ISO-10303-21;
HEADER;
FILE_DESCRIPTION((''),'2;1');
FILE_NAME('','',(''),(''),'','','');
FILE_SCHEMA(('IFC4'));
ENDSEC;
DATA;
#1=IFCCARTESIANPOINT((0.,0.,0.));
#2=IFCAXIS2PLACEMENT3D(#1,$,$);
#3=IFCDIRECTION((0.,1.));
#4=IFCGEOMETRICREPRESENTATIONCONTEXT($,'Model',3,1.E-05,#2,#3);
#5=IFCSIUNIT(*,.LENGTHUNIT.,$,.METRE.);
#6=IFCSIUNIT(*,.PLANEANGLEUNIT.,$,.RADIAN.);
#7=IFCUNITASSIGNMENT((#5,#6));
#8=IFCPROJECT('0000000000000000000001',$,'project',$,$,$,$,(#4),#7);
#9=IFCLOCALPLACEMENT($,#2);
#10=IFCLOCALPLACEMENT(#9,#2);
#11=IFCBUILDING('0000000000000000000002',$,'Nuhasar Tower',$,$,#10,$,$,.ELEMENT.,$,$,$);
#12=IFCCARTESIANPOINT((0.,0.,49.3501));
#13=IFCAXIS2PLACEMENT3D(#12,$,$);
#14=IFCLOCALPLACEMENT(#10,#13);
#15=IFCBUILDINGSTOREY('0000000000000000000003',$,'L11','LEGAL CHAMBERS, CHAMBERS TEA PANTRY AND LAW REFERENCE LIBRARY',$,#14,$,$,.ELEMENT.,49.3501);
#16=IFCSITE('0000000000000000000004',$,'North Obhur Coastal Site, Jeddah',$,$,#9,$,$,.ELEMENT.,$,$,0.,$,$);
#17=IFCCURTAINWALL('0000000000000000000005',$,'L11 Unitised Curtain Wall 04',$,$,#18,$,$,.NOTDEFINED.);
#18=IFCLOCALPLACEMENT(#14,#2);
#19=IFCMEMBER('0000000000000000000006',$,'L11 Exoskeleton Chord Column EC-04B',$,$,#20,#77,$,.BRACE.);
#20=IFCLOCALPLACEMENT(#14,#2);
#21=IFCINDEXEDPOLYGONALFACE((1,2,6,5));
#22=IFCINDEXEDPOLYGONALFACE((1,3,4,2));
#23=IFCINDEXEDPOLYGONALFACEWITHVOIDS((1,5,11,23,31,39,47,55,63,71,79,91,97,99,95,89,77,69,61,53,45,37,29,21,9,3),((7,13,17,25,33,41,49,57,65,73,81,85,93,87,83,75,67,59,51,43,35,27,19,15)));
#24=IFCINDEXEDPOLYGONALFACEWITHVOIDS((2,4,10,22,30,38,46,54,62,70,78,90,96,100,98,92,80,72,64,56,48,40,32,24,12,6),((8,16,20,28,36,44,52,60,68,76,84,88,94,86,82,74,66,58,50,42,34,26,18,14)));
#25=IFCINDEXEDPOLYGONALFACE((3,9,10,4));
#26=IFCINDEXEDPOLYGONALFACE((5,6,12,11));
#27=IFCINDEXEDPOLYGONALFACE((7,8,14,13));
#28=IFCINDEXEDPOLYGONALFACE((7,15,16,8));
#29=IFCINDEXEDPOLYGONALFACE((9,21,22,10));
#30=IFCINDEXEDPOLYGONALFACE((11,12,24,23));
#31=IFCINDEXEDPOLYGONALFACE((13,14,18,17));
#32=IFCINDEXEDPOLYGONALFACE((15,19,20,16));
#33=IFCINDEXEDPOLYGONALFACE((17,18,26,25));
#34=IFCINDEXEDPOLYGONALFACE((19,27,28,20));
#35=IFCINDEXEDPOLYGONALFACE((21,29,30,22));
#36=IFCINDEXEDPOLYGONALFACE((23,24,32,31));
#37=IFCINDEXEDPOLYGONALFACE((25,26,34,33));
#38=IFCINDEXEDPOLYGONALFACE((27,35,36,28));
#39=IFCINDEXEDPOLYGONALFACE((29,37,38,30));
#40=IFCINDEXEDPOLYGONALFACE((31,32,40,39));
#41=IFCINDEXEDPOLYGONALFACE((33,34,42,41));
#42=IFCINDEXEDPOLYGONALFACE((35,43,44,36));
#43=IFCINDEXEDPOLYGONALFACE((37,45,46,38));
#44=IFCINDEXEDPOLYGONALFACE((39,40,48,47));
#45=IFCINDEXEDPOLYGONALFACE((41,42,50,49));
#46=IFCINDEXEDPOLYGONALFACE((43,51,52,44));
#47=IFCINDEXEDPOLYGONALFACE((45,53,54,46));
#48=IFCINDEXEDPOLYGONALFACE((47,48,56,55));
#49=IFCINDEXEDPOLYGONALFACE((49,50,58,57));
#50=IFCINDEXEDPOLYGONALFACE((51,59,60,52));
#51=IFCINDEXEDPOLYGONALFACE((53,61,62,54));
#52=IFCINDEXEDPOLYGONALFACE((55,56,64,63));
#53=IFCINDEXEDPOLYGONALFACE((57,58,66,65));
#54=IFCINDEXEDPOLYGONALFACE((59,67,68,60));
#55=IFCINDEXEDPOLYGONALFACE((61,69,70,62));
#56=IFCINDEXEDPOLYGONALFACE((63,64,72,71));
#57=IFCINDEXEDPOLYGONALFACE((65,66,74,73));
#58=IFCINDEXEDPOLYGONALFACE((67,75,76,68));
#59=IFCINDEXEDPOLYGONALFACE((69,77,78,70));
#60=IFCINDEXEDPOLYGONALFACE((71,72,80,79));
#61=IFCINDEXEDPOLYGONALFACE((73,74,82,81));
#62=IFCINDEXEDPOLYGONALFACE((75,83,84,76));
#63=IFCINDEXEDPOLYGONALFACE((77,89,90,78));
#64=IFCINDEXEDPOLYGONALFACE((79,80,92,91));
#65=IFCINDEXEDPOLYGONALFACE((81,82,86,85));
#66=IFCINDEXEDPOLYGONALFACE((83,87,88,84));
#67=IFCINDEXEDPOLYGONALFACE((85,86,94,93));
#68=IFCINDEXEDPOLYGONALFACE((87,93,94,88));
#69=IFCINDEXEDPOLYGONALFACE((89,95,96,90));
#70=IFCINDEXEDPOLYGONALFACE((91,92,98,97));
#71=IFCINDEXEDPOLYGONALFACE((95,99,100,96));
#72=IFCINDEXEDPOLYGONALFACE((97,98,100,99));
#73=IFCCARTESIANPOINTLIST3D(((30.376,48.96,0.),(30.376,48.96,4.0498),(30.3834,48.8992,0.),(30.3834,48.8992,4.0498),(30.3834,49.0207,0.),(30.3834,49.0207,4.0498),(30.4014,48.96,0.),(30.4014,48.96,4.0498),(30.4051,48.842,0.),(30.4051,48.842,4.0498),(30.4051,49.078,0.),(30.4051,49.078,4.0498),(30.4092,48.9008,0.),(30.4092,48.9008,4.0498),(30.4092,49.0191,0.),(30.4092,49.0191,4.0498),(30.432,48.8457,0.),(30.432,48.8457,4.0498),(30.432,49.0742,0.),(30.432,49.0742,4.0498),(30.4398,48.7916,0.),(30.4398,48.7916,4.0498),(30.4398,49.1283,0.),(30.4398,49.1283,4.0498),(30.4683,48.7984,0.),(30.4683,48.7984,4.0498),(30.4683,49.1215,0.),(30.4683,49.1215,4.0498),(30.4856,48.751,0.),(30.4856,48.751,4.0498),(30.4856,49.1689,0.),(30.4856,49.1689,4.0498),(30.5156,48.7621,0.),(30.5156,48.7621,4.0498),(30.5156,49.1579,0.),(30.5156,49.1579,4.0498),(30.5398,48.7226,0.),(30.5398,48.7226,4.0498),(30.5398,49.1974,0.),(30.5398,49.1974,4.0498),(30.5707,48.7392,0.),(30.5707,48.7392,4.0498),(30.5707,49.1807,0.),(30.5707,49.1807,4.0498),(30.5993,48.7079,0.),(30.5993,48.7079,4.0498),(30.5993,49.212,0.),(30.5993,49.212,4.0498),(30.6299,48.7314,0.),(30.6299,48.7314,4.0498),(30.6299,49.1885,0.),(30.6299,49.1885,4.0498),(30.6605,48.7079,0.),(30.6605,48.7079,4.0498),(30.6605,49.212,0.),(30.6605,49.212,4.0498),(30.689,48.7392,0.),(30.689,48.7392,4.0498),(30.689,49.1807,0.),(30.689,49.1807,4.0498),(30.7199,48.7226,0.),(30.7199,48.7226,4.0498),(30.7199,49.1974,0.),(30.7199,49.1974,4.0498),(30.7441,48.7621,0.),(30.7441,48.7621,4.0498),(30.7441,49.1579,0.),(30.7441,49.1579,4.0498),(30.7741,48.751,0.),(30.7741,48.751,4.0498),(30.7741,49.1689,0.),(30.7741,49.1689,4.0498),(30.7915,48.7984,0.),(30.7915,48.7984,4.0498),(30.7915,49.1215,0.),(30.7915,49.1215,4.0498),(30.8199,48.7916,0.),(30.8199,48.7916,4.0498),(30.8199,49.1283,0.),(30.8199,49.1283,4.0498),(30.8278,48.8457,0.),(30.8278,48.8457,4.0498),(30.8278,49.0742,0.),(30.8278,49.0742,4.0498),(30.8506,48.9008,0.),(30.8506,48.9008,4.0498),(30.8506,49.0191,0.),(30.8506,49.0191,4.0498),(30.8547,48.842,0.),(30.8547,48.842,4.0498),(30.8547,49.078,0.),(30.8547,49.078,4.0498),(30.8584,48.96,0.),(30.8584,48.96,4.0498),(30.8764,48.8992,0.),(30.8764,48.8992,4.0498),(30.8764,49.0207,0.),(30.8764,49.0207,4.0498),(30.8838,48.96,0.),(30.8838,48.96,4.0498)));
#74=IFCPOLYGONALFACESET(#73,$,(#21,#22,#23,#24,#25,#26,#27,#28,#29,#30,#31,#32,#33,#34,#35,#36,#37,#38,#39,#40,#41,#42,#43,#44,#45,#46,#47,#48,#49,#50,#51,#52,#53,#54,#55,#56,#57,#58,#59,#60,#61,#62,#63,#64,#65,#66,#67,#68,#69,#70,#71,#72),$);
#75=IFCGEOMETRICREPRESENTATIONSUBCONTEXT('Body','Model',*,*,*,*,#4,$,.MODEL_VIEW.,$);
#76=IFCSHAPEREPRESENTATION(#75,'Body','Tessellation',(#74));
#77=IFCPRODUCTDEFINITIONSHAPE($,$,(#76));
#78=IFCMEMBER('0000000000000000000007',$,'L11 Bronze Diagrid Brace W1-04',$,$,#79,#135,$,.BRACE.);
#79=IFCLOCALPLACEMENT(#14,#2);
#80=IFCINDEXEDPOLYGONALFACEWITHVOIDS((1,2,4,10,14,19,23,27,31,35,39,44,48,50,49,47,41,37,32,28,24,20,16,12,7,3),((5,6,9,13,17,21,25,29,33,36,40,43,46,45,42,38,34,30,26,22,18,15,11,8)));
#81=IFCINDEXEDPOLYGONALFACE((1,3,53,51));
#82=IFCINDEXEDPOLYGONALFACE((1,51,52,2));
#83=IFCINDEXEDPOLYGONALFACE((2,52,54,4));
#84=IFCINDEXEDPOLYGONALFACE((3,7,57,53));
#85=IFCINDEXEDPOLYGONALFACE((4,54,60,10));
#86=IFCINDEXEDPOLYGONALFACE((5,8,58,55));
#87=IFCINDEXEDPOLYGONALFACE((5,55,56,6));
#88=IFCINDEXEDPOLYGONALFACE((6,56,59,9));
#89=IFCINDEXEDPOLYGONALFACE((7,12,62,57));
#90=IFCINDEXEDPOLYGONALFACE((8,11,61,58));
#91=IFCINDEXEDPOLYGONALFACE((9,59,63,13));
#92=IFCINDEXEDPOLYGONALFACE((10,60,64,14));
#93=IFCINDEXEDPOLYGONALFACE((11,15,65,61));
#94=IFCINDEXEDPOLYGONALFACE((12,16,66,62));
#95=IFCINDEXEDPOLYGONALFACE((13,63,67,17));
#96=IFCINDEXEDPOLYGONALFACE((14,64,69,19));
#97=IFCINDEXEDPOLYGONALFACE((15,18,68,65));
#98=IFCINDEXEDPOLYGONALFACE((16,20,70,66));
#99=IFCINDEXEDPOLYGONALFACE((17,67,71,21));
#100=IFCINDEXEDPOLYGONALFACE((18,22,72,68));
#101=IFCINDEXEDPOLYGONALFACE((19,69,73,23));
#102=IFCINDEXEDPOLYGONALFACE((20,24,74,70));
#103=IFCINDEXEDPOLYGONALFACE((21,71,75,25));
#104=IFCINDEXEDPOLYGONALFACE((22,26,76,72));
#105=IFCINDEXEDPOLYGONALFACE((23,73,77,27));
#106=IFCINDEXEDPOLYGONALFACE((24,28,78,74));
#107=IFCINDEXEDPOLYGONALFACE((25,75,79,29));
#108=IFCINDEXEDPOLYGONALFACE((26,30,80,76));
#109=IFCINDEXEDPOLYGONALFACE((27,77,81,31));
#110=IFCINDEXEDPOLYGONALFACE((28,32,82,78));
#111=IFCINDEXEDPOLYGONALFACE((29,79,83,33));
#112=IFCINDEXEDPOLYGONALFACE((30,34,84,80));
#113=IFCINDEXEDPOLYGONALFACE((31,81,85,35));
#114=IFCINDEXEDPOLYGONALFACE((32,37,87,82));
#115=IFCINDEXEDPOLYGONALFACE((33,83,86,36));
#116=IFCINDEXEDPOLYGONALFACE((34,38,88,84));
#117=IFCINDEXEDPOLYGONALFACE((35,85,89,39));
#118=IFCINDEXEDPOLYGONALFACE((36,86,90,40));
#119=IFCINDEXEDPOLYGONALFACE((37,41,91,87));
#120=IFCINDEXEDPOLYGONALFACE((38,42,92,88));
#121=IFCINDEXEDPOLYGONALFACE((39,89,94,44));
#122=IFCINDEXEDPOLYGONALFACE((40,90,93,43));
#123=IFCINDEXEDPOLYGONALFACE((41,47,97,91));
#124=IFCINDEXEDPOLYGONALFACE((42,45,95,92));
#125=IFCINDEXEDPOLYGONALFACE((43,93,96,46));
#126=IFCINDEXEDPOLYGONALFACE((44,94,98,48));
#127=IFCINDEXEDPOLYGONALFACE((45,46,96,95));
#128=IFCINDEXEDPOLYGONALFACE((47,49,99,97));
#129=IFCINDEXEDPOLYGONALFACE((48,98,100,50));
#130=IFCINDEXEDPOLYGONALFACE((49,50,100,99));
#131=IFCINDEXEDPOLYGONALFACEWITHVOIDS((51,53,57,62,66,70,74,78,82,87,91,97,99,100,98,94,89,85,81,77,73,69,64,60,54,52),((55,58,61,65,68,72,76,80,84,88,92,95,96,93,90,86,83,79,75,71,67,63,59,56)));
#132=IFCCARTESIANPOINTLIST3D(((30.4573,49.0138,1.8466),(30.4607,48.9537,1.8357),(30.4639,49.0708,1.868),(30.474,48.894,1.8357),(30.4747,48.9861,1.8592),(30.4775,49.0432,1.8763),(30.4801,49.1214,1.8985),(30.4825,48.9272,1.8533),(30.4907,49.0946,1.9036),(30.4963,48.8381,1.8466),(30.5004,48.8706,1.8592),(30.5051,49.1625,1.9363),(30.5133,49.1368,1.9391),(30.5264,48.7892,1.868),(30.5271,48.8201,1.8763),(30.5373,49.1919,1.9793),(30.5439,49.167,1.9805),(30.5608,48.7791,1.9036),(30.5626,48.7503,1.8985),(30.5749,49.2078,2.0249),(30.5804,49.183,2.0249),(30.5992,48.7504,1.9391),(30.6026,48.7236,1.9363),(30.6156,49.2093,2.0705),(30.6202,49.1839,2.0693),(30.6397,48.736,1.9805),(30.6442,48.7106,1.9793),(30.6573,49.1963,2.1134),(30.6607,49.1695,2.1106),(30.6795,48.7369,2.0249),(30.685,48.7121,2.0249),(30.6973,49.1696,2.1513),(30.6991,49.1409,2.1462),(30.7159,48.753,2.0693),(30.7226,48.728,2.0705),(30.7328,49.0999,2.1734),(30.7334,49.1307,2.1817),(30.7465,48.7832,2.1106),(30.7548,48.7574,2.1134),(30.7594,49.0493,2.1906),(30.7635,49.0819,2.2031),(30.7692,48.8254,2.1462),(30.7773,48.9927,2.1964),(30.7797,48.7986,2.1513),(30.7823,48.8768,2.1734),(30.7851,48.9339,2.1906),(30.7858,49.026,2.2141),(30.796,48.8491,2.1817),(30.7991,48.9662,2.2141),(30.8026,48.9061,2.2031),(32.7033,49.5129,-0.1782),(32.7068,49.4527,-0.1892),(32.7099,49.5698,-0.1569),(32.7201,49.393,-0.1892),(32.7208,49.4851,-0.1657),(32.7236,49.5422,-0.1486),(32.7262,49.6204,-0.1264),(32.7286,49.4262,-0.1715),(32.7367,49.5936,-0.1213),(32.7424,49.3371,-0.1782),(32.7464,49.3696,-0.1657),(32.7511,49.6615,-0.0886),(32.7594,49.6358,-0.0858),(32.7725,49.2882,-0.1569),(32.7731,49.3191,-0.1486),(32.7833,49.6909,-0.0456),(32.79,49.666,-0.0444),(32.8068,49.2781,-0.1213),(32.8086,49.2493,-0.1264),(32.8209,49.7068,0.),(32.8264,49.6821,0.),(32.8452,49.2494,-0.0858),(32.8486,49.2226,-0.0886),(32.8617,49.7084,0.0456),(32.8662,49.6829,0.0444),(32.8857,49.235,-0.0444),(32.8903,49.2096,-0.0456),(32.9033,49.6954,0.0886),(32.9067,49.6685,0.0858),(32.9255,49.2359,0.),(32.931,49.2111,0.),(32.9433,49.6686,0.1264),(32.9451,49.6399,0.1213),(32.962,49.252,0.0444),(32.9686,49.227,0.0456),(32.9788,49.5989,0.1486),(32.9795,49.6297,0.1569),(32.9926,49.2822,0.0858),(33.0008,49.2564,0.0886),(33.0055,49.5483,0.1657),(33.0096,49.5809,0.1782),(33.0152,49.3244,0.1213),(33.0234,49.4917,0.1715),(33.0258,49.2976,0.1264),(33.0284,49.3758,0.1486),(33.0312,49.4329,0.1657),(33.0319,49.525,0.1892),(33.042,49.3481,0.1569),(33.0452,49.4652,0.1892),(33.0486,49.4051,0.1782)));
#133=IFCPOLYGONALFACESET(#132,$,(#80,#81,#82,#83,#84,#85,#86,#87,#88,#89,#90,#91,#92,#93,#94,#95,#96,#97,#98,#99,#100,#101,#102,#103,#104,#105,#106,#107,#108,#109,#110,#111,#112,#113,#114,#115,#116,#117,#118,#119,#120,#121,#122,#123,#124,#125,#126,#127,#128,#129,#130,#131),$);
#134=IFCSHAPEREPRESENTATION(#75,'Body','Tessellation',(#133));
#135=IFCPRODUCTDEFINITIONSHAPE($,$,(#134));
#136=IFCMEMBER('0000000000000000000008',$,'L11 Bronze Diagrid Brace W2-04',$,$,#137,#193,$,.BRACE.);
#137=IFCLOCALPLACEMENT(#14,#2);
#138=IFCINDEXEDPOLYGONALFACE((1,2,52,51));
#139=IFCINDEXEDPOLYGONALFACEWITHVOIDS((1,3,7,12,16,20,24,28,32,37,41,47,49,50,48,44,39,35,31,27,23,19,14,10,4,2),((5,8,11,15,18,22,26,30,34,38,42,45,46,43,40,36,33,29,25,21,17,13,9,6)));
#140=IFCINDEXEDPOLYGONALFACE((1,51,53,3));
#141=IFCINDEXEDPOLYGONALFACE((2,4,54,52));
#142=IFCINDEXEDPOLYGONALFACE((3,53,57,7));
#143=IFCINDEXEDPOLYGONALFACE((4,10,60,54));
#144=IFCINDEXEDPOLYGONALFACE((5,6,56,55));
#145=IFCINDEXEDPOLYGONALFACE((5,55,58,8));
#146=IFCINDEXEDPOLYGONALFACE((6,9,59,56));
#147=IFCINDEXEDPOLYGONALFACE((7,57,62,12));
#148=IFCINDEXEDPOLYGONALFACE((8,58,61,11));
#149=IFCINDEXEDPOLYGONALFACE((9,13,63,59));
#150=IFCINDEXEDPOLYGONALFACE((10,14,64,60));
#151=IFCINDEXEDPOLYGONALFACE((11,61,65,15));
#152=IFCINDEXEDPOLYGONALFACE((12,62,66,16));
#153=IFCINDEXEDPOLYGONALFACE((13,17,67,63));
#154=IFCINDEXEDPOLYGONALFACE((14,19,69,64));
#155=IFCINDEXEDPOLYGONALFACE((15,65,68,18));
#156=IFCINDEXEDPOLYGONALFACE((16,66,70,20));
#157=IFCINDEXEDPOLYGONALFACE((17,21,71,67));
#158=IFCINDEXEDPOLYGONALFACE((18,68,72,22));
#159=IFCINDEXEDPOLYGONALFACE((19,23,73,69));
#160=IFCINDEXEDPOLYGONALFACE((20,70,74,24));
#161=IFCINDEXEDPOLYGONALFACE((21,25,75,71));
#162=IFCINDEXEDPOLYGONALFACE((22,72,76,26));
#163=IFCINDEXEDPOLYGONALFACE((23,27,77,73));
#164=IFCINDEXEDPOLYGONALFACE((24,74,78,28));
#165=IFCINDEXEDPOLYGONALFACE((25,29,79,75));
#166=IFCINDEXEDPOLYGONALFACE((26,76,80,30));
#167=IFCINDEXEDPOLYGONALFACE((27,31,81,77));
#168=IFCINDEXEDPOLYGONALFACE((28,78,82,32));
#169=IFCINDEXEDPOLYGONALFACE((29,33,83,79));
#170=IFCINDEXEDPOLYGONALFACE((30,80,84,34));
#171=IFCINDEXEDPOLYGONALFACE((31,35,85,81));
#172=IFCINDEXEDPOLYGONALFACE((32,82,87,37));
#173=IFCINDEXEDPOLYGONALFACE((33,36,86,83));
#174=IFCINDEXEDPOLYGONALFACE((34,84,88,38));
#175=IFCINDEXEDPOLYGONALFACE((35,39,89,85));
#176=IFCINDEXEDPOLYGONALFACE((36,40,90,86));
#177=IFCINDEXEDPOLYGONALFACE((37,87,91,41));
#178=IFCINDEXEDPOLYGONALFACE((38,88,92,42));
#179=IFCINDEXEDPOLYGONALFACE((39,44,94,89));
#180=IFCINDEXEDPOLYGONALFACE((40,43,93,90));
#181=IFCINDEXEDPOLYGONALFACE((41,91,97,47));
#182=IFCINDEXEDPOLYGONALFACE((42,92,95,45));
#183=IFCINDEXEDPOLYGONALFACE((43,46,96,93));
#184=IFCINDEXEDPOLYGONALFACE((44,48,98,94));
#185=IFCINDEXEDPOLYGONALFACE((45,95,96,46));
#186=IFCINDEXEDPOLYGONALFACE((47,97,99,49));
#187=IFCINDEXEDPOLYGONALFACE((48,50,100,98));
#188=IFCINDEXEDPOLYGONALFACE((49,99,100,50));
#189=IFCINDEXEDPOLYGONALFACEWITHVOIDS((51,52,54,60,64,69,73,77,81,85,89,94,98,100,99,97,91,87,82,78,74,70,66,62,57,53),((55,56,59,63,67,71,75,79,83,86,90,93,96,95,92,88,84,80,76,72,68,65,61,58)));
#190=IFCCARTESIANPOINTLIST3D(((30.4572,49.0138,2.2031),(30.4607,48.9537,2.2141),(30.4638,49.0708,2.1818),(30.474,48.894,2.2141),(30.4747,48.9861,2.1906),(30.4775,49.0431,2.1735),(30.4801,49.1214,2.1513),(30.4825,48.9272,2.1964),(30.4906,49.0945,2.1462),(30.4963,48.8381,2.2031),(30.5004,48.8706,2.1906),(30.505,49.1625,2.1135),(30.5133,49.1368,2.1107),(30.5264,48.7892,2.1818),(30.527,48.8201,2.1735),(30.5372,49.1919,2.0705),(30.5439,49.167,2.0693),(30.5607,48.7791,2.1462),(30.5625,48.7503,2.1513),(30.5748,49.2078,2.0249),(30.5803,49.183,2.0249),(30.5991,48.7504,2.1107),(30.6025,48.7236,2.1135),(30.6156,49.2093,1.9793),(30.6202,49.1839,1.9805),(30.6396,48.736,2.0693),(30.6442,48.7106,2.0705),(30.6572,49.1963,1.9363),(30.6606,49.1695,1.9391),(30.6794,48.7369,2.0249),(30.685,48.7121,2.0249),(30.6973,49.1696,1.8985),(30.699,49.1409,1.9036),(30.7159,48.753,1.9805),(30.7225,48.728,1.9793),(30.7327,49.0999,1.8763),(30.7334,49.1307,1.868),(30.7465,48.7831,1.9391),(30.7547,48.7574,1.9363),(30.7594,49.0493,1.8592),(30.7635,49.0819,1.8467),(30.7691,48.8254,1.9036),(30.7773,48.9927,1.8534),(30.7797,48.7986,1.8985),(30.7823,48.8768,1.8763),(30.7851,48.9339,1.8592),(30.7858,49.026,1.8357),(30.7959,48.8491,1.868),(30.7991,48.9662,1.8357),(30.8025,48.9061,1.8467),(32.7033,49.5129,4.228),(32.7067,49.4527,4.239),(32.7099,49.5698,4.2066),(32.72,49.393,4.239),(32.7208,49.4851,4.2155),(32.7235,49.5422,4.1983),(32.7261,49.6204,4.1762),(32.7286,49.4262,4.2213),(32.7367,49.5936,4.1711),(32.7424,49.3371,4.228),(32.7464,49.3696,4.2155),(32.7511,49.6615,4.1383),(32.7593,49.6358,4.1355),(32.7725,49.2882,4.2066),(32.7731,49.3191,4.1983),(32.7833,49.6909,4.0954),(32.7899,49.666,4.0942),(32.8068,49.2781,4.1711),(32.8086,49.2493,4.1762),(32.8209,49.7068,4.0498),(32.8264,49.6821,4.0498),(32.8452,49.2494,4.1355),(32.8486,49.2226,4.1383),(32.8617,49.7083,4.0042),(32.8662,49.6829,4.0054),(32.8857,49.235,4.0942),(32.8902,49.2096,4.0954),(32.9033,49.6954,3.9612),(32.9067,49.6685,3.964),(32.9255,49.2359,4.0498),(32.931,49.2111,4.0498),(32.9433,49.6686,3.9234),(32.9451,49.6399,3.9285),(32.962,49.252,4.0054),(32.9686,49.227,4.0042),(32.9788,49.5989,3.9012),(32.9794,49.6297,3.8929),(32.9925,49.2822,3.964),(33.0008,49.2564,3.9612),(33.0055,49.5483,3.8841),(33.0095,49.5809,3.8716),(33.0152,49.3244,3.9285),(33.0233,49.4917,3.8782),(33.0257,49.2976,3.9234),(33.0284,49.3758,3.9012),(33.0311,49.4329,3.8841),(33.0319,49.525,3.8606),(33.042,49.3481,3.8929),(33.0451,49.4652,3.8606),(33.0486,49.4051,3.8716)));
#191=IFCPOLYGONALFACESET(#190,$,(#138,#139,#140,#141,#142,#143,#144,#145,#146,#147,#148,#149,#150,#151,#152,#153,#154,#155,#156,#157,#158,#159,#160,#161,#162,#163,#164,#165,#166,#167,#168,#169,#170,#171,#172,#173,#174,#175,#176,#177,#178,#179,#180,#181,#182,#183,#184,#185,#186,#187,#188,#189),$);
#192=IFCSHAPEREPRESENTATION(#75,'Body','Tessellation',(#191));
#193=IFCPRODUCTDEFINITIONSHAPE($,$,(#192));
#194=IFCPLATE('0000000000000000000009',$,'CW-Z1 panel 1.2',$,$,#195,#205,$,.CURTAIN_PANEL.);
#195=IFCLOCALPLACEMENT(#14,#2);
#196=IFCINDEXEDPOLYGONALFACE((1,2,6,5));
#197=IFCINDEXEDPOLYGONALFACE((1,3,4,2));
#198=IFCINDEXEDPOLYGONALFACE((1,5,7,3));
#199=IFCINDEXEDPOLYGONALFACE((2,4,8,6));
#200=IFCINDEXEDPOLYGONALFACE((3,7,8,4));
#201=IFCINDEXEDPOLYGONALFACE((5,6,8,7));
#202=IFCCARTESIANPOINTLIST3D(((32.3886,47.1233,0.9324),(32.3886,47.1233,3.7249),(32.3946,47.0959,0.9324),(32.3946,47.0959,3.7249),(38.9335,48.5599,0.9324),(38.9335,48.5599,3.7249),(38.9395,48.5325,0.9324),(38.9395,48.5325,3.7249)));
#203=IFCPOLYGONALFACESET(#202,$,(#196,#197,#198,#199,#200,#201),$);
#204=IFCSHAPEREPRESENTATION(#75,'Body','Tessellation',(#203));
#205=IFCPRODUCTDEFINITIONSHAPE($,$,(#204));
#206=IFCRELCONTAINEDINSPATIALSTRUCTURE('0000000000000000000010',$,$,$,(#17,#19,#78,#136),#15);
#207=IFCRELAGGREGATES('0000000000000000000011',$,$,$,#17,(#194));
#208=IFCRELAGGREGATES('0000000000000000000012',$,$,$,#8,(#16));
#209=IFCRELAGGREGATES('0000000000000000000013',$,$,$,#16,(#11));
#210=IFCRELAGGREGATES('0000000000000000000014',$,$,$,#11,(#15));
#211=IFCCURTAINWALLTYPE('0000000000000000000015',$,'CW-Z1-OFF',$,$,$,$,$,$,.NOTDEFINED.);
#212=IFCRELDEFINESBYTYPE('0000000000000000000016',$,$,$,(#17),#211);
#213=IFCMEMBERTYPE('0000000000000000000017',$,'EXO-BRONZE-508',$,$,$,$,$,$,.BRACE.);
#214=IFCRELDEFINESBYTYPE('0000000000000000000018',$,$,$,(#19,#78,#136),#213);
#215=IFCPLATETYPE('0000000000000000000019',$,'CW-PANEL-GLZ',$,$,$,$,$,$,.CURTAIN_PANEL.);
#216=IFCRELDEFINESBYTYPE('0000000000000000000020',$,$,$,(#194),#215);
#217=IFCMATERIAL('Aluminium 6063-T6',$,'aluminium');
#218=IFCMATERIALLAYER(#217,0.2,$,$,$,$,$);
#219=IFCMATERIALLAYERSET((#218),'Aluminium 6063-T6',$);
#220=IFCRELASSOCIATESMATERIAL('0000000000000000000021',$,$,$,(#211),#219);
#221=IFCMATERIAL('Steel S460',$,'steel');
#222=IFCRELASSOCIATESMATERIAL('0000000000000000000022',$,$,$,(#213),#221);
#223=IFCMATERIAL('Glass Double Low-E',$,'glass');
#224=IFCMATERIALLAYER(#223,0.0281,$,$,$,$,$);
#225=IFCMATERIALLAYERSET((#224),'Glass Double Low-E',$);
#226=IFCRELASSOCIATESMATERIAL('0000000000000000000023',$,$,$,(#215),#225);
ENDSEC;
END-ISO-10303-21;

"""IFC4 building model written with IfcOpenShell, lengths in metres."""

from ifc_helpers import new_model, si_unit, direction, frame, origin, origin_2d, place, context, subcontext, project, spatial, rectangle, hollow_circle, extrude, material, layer, layer_set, material_profile, profile_set, type_object, element, aggregate, save


model = new_model("IFC4")

# Units and contexts
model_context = context("Model", 3, precision=1e-05, world=origin(), true_north=direction((0.0, 1.0)))
body_context = subcontext(model_context, "Body", "Model", "MODEL_VIEW")
ifc_project = project(units=[si_unit("LENGTHUNIT", "METRE"), si_unit("PLANEANGLEUNIT", "RADIAN")], contexts=[model_context])

# Site, building, storey
site_placement = place(None, origin())
site = spatial("IfcSite", under=ifc_project, at=site_placement, Name="North Obhur Coastal Site, Jeddah", CompositionType="ELEMENT", RefElevation=0.0)
building_placement = place(site_placement, origin())
building = spatial("IfcBuilding", under=site, at=building_placement, Name="Nuhasar Tower", CompositionType="ELEMENT")
storey_placement = place(building_placement, frame((0.0, 0.0, 49.3501)))
storey = spatial("IfcBuildingStorey", under=building, at=storey_placement, Name="L11", Description="LEGAL CHAMBERS, CHAMBERS TEA PANTRY AND LAW REFERENCE LIBRARY", CompositionType="ELEMENT", Elevation=49.3501)

# Curtain wall
ifc_material_1 = material(Name="Aluminium 6063-T6", Category="aluminium")
ifc_layer_1 = layer(ifc_material_1, 0.2)
ifc_layer_set_1 = layer_set([ifc_layer_1], Name="Aluminium 6063-T6")
curtain_wall_type = type_object("IfcCurtainWallType", Name="CW-Z1-OFF", PredefinedType="NOTDEFINED", material=ifc_layer_set_1)
curtain_wall_placement = place(storey_placement, origin())
curtain_wall = element("IfcCurtainWall", 1, at=curtain_wall_placement, inside=storey, type_object=curtain_wall_type, Name="L11 Unitised Curtain Wall 04", PredefinedType="NOTDEFINED")

# Members
ifc_material_2 = material(Name="Steel S460", Category="steel")
ifc_material_profile_1 = material_profile(ifc_material_2, hollow_circle(Radius=0.2539, WallThickness=0.0254, at=origin_2d()), Name="HSS508X25.4")
ifc_profile_set_1 = profile_set([ifc_material_profile_1], Name="Steel S460")
member_type_1 = type_object("IfcMemberType", Name="EXO-BRONZE-508", PredefinedType="BRACE", material=ifc_profile_set_1)
for number, where, z_axis, x_axis, name in (
    (2, (30.6299, 48.96, 0.0), (0.0, 0.0, 1.0), (1.0, 0.0, 0.0), "L11 Exoskeleton Chord Column EC-04B"),
):
    element("IfcMember", number, at=place(storey_placement, frame(where, z_axis=z_axis, x_axis=x_axis)), inside=storey, type_object=member_type_1, Name=name, PredefinedType="BRACE", context=body_context, shape_type="SweptSolid", body=[
        extrude(hollow_circle(Radius=0.2539, WallThickness=0.0254, at=origin_2d()), origin(), (0.0, 0.0, 1.0), 4.0498),
    ])
for number, where, z_axis, x_axis, name in (
    (3, (32.876, 49.459, 0.0), (-0.732821, -0.162814, 0.660654), (0.216886, -0.976197, 0.0), "L11 Bronze Diagrid Brace W1-04"),
    (4, (30.6299, 48.96, 2.0249), (0.732821, 0.162814, 0.660654), (-0.216886, 0.976197, 0.0), "L11 Bronze Diagrid Brace W2-04"),
):
    element("IfcMember", number, at=place(storey_placement, frame(where, z_axis=z_axis, x_axis=x_axis)), inside=storey, type_object=member_type_1, Name=name, PredefinedType="BRACE", context=body_context, shape_type="SweptSolid", body=[
        extrude(hollow_circle(Radius=0.2539, WallThickness=0.0254, at=origin_2d()), origin(), (0.0, 0.0, 1.0), 3.0649),
    ])

# Plate
ifc_material_3 = material(Name="Glass Double Low-E", Category="glass")
ifc_layer_2 = layer(ifc_material_3, 0.0281)
ifc_layer_set_2 = layer_set([ifc_layer_2], Name="Glass Double Low-E")
plate_type_1 = type_object("IfcPlateType", Name="CW-PANEL-GLZ", PredefinedType="CURTAIN_PANEL", material=ifc_layer_set_2)
plate_1_placement = place(storey_placement, frame((35.6641, 47.8279, 0.9324), z_axis=(0.0, 0.0, 1.0), x_axis=(-0.976746, -0.214399, 0.0)))
plate_1 = element("IfcPlate", 5, at=plate_1_placement, type_object=plate_type_1, Name="CW-Z1 panel 1.2", PredefinedType="CURTAIN_PANEL", context=body_context, shape_type="SweptSolid", body=[
    extrude(rectangle(XDim=6.7007, YDim=0.0281, at=origin_2d()), origin(), (0.0, 0.0, 1.0), 2.7925),
])
aggregate(curtain_wall, [plate_1])

save(model, "model.ifc")
